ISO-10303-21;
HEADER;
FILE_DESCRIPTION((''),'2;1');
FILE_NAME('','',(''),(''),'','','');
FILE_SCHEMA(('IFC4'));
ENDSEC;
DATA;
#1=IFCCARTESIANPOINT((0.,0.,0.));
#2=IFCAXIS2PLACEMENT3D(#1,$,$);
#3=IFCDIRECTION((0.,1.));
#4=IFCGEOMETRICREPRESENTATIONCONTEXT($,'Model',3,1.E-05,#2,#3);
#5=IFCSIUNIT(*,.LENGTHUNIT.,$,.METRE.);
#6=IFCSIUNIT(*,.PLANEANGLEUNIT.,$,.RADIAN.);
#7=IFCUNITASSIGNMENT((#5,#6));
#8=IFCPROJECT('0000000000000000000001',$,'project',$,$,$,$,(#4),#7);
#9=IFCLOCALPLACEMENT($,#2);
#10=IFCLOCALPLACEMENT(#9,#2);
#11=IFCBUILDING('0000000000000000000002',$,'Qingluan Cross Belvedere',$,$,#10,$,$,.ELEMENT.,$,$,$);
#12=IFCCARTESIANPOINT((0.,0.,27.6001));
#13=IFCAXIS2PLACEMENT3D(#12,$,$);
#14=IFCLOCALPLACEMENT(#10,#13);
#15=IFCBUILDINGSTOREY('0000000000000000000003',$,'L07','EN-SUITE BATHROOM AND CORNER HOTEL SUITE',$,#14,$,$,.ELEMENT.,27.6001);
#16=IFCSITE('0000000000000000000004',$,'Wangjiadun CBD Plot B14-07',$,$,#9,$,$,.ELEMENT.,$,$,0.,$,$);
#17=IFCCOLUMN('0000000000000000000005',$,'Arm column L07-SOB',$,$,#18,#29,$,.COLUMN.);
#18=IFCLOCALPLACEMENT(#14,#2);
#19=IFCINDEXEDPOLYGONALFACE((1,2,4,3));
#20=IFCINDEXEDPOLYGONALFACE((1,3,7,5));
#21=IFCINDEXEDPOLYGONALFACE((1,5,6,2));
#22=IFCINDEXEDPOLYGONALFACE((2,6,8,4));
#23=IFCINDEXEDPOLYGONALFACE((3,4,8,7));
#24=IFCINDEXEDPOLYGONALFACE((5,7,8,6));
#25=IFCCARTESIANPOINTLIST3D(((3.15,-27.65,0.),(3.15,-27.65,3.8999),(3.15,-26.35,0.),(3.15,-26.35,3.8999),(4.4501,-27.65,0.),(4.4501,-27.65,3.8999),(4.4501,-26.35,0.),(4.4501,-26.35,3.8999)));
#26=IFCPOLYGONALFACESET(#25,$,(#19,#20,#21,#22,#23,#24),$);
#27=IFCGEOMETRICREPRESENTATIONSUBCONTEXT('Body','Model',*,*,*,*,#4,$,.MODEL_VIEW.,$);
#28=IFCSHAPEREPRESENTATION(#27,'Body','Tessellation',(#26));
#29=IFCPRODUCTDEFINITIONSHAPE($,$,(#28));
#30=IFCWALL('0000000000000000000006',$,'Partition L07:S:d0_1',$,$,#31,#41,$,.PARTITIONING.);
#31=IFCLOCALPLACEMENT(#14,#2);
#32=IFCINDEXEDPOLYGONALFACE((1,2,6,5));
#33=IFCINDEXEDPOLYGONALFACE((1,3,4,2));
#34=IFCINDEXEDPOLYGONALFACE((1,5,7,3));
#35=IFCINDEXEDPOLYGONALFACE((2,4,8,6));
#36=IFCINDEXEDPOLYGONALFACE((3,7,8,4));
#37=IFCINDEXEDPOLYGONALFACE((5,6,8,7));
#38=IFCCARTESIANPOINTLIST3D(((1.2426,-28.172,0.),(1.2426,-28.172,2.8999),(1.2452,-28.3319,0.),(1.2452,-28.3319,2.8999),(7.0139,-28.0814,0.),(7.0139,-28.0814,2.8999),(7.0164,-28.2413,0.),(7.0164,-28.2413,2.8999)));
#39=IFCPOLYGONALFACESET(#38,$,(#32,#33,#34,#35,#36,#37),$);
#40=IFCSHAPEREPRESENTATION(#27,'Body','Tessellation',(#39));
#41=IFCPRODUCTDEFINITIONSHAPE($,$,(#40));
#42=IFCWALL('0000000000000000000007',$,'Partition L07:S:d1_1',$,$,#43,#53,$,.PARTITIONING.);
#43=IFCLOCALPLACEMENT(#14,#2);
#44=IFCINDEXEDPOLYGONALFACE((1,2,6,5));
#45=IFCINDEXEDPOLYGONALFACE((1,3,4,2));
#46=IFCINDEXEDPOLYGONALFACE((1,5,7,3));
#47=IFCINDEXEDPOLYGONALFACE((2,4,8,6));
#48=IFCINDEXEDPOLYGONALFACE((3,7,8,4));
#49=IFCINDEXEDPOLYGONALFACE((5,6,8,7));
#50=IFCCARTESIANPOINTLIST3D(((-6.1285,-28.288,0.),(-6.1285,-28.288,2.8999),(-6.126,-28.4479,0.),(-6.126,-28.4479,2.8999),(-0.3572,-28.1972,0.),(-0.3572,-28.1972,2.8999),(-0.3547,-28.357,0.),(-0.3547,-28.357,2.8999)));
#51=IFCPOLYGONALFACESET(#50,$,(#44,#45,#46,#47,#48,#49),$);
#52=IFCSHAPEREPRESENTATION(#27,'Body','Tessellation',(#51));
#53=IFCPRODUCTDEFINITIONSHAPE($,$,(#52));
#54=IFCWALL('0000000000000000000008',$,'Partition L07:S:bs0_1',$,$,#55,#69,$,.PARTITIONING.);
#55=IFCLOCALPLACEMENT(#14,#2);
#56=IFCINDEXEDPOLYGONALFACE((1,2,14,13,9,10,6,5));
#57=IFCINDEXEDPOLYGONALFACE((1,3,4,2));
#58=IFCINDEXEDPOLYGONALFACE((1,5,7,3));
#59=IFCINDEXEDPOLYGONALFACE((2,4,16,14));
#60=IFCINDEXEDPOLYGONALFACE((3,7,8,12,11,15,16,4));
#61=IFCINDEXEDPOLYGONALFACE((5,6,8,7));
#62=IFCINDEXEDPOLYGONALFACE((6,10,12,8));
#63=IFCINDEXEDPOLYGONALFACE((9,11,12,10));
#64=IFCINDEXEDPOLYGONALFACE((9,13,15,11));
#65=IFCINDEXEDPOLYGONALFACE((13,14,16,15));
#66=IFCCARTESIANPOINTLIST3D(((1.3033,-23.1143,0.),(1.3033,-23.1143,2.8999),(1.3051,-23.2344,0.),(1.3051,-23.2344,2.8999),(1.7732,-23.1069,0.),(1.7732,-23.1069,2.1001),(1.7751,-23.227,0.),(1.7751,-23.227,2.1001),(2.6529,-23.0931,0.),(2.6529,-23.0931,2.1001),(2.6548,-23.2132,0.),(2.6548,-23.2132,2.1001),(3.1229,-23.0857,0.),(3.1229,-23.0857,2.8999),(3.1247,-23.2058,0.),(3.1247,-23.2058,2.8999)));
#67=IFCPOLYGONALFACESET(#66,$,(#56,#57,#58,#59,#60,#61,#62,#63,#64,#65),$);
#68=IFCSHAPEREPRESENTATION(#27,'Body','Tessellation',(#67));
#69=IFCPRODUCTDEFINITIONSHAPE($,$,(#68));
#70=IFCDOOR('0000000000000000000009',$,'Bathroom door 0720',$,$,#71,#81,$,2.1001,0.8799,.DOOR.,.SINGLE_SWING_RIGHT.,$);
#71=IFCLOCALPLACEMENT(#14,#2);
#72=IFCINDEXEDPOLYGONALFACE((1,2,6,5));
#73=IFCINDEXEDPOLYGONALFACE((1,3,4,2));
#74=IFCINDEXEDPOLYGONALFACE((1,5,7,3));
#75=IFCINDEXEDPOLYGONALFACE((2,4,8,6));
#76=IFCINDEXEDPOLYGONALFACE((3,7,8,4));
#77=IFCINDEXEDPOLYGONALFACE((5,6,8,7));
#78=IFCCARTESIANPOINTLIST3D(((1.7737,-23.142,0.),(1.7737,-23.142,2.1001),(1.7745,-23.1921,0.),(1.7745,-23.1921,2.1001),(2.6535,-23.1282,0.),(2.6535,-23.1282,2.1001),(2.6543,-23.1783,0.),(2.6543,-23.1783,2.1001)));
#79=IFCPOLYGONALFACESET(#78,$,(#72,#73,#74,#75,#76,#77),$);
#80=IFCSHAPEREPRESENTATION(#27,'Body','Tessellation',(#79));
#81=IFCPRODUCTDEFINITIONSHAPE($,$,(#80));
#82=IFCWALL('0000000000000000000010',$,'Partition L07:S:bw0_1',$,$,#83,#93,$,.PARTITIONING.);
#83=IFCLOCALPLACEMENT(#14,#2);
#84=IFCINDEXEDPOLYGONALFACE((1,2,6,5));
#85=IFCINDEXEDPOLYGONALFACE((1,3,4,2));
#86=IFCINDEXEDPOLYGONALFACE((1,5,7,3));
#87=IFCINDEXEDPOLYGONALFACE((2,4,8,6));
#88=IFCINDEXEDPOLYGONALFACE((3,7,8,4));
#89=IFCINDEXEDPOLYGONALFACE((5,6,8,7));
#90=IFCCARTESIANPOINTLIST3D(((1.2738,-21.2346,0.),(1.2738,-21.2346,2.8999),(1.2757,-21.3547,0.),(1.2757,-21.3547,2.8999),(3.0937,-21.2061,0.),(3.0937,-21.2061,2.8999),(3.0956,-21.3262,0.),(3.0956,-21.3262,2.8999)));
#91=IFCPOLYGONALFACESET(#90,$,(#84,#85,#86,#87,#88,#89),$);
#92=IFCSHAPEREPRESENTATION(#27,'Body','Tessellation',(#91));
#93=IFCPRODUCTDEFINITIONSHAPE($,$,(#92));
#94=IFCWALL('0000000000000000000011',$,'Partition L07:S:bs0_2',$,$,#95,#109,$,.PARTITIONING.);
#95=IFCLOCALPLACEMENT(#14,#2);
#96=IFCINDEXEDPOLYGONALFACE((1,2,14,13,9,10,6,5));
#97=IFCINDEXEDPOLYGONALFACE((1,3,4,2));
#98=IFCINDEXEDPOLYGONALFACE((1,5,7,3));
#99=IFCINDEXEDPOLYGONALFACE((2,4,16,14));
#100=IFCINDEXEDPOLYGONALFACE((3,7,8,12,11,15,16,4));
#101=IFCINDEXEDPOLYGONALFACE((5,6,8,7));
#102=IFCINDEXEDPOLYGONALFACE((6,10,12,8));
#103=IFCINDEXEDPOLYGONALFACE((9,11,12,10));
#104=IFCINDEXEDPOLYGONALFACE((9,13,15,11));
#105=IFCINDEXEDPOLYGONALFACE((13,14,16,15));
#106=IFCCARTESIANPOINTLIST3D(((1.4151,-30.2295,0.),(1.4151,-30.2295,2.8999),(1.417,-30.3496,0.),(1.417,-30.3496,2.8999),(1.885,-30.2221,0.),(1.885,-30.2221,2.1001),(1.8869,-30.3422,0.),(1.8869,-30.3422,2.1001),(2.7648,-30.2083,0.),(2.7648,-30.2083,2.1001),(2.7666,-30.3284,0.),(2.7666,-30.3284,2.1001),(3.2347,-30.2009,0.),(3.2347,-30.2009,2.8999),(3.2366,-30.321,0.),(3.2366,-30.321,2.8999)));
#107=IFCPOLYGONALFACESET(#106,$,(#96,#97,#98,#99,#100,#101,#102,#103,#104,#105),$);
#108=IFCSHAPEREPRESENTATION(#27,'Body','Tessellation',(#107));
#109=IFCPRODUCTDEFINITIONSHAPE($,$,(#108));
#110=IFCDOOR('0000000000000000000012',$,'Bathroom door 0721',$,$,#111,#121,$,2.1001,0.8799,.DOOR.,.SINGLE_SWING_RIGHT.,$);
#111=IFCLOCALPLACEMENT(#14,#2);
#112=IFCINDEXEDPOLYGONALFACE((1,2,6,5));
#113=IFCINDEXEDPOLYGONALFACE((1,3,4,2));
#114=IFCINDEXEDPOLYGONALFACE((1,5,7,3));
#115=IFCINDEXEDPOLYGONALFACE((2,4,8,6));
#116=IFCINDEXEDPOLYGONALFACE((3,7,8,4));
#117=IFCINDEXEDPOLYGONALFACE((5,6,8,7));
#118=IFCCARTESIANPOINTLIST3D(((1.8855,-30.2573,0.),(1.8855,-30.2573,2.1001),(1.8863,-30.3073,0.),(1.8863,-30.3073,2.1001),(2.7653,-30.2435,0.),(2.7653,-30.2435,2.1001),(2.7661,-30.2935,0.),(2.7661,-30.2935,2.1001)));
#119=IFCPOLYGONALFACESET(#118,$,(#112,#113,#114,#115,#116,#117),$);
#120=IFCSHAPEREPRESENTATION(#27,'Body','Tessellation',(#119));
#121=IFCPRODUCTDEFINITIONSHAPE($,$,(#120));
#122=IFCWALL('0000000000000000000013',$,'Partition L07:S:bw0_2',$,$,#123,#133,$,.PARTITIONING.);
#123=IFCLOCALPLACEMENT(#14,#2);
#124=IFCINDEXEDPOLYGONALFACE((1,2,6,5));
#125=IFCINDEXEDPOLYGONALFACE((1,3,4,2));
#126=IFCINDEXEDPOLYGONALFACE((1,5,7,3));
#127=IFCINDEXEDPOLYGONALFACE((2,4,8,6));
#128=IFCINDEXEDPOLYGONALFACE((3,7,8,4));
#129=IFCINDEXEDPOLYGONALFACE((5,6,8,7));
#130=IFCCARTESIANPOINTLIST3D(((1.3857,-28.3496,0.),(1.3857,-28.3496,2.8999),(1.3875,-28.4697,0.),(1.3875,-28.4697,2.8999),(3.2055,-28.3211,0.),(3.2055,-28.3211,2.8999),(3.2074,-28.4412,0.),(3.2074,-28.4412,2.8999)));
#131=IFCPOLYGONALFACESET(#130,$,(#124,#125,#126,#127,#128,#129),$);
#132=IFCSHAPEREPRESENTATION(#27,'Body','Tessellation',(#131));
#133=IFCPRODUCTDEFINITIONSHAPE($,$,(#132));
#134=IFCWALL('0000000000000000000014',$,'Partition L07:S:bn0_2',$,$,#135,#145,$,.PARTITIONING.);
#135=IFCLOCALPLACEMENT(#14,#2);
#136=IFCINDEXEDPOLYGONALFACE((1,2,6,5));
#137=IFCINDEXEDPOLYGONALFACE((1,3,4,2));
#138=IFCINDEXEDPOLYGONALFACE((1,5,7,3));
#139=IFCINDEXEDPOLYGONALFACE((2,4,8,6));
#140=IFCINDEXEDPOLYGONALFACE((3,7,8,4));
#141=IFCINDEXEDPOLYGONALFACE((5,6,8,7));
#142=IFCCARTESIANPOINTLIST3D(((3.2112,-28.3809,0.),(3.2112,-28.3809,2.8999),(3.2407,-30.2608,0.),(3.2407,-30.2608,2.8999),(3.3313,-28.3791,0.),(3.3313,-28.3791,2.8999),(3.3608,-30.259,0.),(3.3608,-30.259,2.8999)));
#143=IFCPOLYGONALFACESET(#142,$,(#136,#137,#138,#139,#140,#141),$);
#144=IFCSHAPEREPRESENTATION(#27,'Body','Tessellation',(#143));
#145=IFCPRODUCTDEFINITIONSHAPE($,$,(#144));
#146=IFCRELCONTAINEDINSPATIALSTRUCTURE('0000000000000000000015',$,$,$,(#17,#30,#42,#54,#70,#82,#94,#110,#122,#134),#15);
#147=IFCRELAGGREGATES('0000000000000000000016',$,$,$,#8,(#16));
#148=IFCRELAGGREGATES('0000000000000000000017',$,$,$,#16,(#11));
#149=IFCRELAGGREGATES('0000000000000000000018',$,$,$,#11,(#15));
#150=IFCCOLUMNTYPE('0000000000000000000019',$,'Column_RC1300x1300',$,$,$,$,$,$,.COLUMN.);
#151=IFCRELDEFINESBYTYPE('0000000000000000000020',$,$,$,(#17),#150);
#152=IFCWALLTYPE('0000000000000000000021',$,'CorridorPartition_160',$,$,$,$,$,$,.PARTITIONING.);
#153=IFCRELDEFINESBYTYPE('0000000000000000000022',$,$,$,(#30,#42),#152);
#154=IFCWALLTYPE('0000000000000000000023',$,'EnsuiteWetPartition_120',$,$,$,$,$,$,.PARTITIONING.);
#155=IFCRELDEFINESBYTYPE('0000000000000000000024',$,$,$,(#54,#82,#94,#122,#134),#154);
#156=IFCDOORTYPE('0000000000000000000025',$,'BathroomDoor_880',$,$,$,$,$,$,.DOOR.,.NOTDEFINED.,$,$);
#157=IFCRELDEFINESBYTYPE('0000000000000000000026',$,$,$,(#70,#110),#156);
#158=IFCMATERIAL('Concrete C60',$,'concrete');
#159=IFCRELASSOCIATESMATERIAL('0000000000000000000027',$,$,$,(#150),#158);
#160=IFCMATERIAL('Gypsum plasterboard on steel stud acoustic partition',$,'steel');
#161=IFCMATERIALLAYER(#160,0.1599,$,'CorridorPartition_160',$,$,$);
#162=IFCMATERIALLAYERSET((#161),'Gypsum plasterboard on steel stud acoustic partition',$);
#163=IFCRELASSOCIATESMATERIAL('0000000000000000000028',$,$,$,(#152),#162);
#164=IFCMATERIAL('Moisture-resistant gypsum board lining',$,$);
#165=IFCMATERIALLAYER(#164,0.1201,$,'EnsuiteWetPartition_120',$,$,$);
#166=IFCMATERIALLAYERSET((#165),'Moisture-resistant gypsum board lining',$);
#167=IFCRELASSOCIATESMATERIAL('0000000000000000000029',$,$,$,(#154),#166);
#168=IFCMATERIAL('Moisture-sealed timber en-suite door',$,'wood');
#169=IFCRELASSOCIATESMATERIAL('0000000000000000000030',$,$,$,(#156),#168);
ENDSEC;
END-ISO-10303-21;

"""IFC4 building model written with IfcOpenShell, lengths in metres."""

from ifc_helpers import new_model, si_unit, direction, frame, frame_2d, origin, origin_2d, place, context, subcontext, project, spatial, rectangle, extrude, material, layer, layer_set, material_profile, profile_set, type_object, element, fill, save


model = new_model("IFC4")

# Units and contexts
model_context = context("Model", 3, precision=1e-05, world=origin(), true_north=direction((0.0, 1.0)))
body_context = subcontext(model_context, "Body", "Model", "MODEL_VIEW")
ifc_project = project(units=[si_unit("LENGTHUNIT", "METRE"), si_unit("PLANEANGLEUNIT", "RADIAN")], contexts=[model_context])

# Site, building, storey
site_placement = place(None, origin())
site = spatial("IfcSite", under=ifc_project, at=site_placement, Name="Wangjiadun CBD Plot B14-07", CompositionType="ELEMENT", RefElevation=0.0)
building_placement = place(site_placement, origin())
building = spatial("IfcBuilding", under=site, at=building_placement, Name="Qingluan Cross Belvedere", CompositionType="ELEMENT")
storey_placement = place(building_placement, frame((0.0, 0.0, 27.6001)))
storey = spatial("IfcBuildingStorey", under=building, at=storey_placement, Name="L07", Description="EN-SUITE BATHROOM AND CORNER HOTEL SUITE", CompositionType="ELEMENT", Elevation=27.6001)

# Column
ifc_material_1 = material(Name="Concrete C60", Category="concrete")
ifc_material_profile = material_profile(ifc_material_1, rectangle(XDim=1.3, YDim=1.3, at=origin_2d()), Name="RC1300x1300")
ifc_profile_set = profile_set([ifc_material_profile], Name="Concrete C60")
column_type = type_object("IfcColumnType", Name="Column_RC1300x1300", PredefinedType="COLUMN", material=ifc_profile_set)
column_placement = place(storey_placement, frame((3.8, -27.0, 0.0), z_axis=(0.0, 0.0, 1.0), x_axis=(1.0, 0.0, 0.0)))
element("IfcColumn", 1, at=column_placement, inside=storey, type_object=column_type, Name="Arm column L07-SOB", PredefinedType="COLUMN", context=body_context, shape_type="SweptSolid", body=[
    extrude(rectangle(XDim=1.3, YDim=1.3, at=origin_2d()), origin(), (0.0, 0.0, 1.0), 3.8999),
])

# Walls
ifc_material_2 = material(Name="Gypsum plasterboard on steel stud acoustic partition", Category="steel")
ifc_layer_1 = layer(ifc_material_2, 0.1599, Name="CorridorPartition_160")
ifc_layer_set_1 = layer_set([ifc_layer_1], Name="Gypsum plasterboard on steel stud acoustic partition")
wall_type_1 = type_object("IfcWallType", Name="CorridorPartition_160", PredefinedType="PARTITIONING", material=ifc_layer_set_1)
for number, where, z_axis, x_axis, name in (
    (2, (1.2439, -28.252, 0.0), (0.0, 0.0, 1.0), (0.999877, 0.015692, 0.0), "Partition L07:S:d0_1"),
    (3, (-0.356, -28.2771, 0.0), (0.0, 0.0, 1.0), (-0.999876, -0.015735, 0.0), "Partition L07:S:d1_1"),
):
    element("IfcWall", number, at=place(storey_placement, frame(where, z_axis=z_axis, x_axis=x_axis)), inside=storey, type_object=wall_type_1, Name=name, PredefinedType="PARTITIONING", context=body_context, shape_type="SweptSolid", body=[
        extrude(rectangle(XDim=5.772, YDim=0.1599, at=frame_2d((2.886, 0.0))), origin(), (0.0, 0.0, 1.0), 2.8999),
    ])

# Wall, opening, door
ifc_material_3 = material(Name="Moisture-resistant gypsum board lining")
ifc_layer_2 = layer(ifc_material_3, 0.1201, Name="EnsuiteWetPartition_120")
ifc_layer_set_2 = layer_set([ifc_layer_2], Name="Moisture-resistant gypsum board lining")
wall_type_2 = type_object("IfcWallType", Name="EnsuiteWetPartition_120", PredefinedType="PARTITIONING", material=ifc_layer_set_2)
wall_1_placement = place(storey_placement, frame((1.3042, -23.1743, 0.0), z_axis=(0.0, 0.0, 1.0), x_axis=(0.999877, 0.015696, 0.0)))
wall_1 = element("IfcWall", 4, at=wall_1_placement, inside=storey, type_object=wall_type_2, Name="Partition L07:S:bs0_1", PredefinedType="PARTITIONING", context=body_context, shape_type="SweptSolid", body=[
    extrude(rectangle(XDim=1.8198, YDim=0.1201, at=frame_2d((0.9099, 0.0))), origin(), (0.0, 0.0, 1.0), 2.8999),
])
opening_1_placement = place(wall_1_placement, frame((0.47, 0.0, 0.0)))
opening_1 = element("IfcOpeningElement", 5, at=opening_1_placement, cuts=wall_1, PredefinedType="OPENING", context=body_context, shape_type="SweptSolid", body=[
    extrude(rectangle(XDim=0.8799, YDim=2.1001, at=frame_2d((0.4399, 1.05))), frame((0.0, 0.0701, 0.0), z_axis=(0.0, -1.0, 0.0), x_axis=(1.0, 0.0, 0.0)), (0.0, 0.0, 1.0), 0.1401),
])
ifc_material_4 = material(Name="Moisture-sealed timber en-suite door", Category="wood")
door_type = type_object("IfcDoorType", Name="BathroomDoor_880", OperationType="NOTDEFINED", PredefinedType="DOOR", material=ifc_material_4)
door_1_placement = place(opening_1_placement, origin())
door_1 = element("IfcDoor", 6, at=door_1_placement, inside=storey, type_object=door_type, Name="Bathroom door 0720", OperationType="SINGLE_SWING_RIGHT", OverallHeight=2.1001, OverallWidth=0.8799, PredefinedType="DOOR", context=body_context, shape_type="SweptSolid", body=[
    extrude(rectangle(XDim=0.8799, YDim=2.1001, at=frame_2d((0.4399, 1.05))), frame((0.0, 0.0249, 0.0), z_axis=(0.0, -1.0, 0.0), x_axis=(1.0, 0.0, 0.0)), (0.0, 0.0, 1.0), 0.05),
])
fill(opening_1, door_1)

# Wall
wall_2_placement = place(storey_placement, frame((1.2747, -21.2947, 0.0), z_axis=(0.0, 0.0, 1.0), x_axis=(0.999877, 0.015694, 0.0)))
element("IfcWall", 7, at=wall_2_placement, inside=storey, type_object=wall_type_2, Name="Partition L07:S:bw0_1", PredefinedType="PARTITIONING", context=body_context, shape_type="SweptSolid", body=[
    extrude(rectangle(XDim=1.8201, YDim=0.1201, at=frame_2d((0.9102, 0.0))), origin(), (0.0, 0.0, 1.0), 2.8999),
])

# Wall, opening, door
wall_3_placement = place(storey_placement, frame((1.416, -30.2896, 0.0), z_axis=(0.0, 0.0, 1.0), x_axis=(0.999877, 0.015696, 0.0)))
wall_3 = element("IfcWall", 8, at=wall_3_placement, inside=storey, type_object=wall_type_2, Name="Partition L07:S:bs0_2", PredefinedType="PARTITIONING", context=body_context, shape_type="SweptSolid", body=[
    extrude(rectangle(XDim=1.8198, YDim=0.1201, at=frame_2d((0.9099, 0.0))), origin(), (0.0, 0.0, 1.0), 2.8999),
])
opening_2_placement = place(wall_3_placement, frame((0.47, 0.0, 0.0)))
opening_2 = element("IfcOpeningElement", 9, at=opening_2_placement, cuts=wall_3, PredefinedType="OPENING", context=body_context, shape_type="SweptSolid", body=[
    extrude(rectangle(XDim=0.8799, YDim=2.1001, at=frame_2d((0.4399, 1.05))), frame((0.0, 0.0701, 0.0), z_axis=(0.0, -1.0, 0.0), x_axis=(1.0, 0.0, 0.0)), (0.0, 0.0, 1.0), 0.1401),
])
door_2_placement = place(opening_2_placement, origin())
door_2 = element("IfcDoor", 10, at=door_2_placement, inside=storey, type_object=door_type, Name="Bathroom door 0721", OperationType="SINGLE_SWING_RIGHT", OverallHeight=2.1001, OverallWidth=0.8799, PredefinedType="DOOR", context=body_context, shape_type="SweptSolid", body=[
    extrude(rectangle(XDim=0.8799, YDim=2.1001, at=frame_2d((0.4399, 1.05))), frame((0.0, 0.0249, 0.0), z_axis=(0.0, -1.0, 0.0), x_axis=(1.0, 0.0, 0.0)), (0.0, 0.0, 1.0), 0.05),
])
fill(opening_2, door_2)

# Walls
wall_4_placement = place(storey_placement, frame((1.3865, -28.4097, 0.0), z_axis=(0.0, 0.0, 1.0), x_axis=(0.999877, 0.015694, 0.0)))
element("IfcWall", 11, at=wall_4_placement, inside=storey, type_object=wall_type_2, Name="Partition L07:S:bw0_2", PredefinedType="PARTITIONING", context=body_context, shape_type="SweptSolid", body=[
    extrude(rectangle(XDim=1.8201, YDim=0.1201, at=frame_2d((0.9102, 0.0))), origin(), (0.0, 0.0, 1.0), 2.8999),
])
wall_5_placement = place(storey_placement, frame((3.2712, -28.3801, 0.0), z_axis=(0.0, 0.0, 1.0), x_axis=(0.015712, -0.999877, 0.0)))
element("IfcWall", 12, at=wall_5_placement, inside=storey, type_object=wall_type_2, Name="Partition L07:S:bn0_2", PredefinedType="PARTITIONING", context=body_context, shape_type="SweptSolid", body=[
    extrude(rectangle(XDim=1.8801, YDim=0.1201, at=frame_2d((0.9399, 0.0))), origin(), (0.0, 0.0, 1.0), 2.8999),
])

save(model, "model.ifc")
